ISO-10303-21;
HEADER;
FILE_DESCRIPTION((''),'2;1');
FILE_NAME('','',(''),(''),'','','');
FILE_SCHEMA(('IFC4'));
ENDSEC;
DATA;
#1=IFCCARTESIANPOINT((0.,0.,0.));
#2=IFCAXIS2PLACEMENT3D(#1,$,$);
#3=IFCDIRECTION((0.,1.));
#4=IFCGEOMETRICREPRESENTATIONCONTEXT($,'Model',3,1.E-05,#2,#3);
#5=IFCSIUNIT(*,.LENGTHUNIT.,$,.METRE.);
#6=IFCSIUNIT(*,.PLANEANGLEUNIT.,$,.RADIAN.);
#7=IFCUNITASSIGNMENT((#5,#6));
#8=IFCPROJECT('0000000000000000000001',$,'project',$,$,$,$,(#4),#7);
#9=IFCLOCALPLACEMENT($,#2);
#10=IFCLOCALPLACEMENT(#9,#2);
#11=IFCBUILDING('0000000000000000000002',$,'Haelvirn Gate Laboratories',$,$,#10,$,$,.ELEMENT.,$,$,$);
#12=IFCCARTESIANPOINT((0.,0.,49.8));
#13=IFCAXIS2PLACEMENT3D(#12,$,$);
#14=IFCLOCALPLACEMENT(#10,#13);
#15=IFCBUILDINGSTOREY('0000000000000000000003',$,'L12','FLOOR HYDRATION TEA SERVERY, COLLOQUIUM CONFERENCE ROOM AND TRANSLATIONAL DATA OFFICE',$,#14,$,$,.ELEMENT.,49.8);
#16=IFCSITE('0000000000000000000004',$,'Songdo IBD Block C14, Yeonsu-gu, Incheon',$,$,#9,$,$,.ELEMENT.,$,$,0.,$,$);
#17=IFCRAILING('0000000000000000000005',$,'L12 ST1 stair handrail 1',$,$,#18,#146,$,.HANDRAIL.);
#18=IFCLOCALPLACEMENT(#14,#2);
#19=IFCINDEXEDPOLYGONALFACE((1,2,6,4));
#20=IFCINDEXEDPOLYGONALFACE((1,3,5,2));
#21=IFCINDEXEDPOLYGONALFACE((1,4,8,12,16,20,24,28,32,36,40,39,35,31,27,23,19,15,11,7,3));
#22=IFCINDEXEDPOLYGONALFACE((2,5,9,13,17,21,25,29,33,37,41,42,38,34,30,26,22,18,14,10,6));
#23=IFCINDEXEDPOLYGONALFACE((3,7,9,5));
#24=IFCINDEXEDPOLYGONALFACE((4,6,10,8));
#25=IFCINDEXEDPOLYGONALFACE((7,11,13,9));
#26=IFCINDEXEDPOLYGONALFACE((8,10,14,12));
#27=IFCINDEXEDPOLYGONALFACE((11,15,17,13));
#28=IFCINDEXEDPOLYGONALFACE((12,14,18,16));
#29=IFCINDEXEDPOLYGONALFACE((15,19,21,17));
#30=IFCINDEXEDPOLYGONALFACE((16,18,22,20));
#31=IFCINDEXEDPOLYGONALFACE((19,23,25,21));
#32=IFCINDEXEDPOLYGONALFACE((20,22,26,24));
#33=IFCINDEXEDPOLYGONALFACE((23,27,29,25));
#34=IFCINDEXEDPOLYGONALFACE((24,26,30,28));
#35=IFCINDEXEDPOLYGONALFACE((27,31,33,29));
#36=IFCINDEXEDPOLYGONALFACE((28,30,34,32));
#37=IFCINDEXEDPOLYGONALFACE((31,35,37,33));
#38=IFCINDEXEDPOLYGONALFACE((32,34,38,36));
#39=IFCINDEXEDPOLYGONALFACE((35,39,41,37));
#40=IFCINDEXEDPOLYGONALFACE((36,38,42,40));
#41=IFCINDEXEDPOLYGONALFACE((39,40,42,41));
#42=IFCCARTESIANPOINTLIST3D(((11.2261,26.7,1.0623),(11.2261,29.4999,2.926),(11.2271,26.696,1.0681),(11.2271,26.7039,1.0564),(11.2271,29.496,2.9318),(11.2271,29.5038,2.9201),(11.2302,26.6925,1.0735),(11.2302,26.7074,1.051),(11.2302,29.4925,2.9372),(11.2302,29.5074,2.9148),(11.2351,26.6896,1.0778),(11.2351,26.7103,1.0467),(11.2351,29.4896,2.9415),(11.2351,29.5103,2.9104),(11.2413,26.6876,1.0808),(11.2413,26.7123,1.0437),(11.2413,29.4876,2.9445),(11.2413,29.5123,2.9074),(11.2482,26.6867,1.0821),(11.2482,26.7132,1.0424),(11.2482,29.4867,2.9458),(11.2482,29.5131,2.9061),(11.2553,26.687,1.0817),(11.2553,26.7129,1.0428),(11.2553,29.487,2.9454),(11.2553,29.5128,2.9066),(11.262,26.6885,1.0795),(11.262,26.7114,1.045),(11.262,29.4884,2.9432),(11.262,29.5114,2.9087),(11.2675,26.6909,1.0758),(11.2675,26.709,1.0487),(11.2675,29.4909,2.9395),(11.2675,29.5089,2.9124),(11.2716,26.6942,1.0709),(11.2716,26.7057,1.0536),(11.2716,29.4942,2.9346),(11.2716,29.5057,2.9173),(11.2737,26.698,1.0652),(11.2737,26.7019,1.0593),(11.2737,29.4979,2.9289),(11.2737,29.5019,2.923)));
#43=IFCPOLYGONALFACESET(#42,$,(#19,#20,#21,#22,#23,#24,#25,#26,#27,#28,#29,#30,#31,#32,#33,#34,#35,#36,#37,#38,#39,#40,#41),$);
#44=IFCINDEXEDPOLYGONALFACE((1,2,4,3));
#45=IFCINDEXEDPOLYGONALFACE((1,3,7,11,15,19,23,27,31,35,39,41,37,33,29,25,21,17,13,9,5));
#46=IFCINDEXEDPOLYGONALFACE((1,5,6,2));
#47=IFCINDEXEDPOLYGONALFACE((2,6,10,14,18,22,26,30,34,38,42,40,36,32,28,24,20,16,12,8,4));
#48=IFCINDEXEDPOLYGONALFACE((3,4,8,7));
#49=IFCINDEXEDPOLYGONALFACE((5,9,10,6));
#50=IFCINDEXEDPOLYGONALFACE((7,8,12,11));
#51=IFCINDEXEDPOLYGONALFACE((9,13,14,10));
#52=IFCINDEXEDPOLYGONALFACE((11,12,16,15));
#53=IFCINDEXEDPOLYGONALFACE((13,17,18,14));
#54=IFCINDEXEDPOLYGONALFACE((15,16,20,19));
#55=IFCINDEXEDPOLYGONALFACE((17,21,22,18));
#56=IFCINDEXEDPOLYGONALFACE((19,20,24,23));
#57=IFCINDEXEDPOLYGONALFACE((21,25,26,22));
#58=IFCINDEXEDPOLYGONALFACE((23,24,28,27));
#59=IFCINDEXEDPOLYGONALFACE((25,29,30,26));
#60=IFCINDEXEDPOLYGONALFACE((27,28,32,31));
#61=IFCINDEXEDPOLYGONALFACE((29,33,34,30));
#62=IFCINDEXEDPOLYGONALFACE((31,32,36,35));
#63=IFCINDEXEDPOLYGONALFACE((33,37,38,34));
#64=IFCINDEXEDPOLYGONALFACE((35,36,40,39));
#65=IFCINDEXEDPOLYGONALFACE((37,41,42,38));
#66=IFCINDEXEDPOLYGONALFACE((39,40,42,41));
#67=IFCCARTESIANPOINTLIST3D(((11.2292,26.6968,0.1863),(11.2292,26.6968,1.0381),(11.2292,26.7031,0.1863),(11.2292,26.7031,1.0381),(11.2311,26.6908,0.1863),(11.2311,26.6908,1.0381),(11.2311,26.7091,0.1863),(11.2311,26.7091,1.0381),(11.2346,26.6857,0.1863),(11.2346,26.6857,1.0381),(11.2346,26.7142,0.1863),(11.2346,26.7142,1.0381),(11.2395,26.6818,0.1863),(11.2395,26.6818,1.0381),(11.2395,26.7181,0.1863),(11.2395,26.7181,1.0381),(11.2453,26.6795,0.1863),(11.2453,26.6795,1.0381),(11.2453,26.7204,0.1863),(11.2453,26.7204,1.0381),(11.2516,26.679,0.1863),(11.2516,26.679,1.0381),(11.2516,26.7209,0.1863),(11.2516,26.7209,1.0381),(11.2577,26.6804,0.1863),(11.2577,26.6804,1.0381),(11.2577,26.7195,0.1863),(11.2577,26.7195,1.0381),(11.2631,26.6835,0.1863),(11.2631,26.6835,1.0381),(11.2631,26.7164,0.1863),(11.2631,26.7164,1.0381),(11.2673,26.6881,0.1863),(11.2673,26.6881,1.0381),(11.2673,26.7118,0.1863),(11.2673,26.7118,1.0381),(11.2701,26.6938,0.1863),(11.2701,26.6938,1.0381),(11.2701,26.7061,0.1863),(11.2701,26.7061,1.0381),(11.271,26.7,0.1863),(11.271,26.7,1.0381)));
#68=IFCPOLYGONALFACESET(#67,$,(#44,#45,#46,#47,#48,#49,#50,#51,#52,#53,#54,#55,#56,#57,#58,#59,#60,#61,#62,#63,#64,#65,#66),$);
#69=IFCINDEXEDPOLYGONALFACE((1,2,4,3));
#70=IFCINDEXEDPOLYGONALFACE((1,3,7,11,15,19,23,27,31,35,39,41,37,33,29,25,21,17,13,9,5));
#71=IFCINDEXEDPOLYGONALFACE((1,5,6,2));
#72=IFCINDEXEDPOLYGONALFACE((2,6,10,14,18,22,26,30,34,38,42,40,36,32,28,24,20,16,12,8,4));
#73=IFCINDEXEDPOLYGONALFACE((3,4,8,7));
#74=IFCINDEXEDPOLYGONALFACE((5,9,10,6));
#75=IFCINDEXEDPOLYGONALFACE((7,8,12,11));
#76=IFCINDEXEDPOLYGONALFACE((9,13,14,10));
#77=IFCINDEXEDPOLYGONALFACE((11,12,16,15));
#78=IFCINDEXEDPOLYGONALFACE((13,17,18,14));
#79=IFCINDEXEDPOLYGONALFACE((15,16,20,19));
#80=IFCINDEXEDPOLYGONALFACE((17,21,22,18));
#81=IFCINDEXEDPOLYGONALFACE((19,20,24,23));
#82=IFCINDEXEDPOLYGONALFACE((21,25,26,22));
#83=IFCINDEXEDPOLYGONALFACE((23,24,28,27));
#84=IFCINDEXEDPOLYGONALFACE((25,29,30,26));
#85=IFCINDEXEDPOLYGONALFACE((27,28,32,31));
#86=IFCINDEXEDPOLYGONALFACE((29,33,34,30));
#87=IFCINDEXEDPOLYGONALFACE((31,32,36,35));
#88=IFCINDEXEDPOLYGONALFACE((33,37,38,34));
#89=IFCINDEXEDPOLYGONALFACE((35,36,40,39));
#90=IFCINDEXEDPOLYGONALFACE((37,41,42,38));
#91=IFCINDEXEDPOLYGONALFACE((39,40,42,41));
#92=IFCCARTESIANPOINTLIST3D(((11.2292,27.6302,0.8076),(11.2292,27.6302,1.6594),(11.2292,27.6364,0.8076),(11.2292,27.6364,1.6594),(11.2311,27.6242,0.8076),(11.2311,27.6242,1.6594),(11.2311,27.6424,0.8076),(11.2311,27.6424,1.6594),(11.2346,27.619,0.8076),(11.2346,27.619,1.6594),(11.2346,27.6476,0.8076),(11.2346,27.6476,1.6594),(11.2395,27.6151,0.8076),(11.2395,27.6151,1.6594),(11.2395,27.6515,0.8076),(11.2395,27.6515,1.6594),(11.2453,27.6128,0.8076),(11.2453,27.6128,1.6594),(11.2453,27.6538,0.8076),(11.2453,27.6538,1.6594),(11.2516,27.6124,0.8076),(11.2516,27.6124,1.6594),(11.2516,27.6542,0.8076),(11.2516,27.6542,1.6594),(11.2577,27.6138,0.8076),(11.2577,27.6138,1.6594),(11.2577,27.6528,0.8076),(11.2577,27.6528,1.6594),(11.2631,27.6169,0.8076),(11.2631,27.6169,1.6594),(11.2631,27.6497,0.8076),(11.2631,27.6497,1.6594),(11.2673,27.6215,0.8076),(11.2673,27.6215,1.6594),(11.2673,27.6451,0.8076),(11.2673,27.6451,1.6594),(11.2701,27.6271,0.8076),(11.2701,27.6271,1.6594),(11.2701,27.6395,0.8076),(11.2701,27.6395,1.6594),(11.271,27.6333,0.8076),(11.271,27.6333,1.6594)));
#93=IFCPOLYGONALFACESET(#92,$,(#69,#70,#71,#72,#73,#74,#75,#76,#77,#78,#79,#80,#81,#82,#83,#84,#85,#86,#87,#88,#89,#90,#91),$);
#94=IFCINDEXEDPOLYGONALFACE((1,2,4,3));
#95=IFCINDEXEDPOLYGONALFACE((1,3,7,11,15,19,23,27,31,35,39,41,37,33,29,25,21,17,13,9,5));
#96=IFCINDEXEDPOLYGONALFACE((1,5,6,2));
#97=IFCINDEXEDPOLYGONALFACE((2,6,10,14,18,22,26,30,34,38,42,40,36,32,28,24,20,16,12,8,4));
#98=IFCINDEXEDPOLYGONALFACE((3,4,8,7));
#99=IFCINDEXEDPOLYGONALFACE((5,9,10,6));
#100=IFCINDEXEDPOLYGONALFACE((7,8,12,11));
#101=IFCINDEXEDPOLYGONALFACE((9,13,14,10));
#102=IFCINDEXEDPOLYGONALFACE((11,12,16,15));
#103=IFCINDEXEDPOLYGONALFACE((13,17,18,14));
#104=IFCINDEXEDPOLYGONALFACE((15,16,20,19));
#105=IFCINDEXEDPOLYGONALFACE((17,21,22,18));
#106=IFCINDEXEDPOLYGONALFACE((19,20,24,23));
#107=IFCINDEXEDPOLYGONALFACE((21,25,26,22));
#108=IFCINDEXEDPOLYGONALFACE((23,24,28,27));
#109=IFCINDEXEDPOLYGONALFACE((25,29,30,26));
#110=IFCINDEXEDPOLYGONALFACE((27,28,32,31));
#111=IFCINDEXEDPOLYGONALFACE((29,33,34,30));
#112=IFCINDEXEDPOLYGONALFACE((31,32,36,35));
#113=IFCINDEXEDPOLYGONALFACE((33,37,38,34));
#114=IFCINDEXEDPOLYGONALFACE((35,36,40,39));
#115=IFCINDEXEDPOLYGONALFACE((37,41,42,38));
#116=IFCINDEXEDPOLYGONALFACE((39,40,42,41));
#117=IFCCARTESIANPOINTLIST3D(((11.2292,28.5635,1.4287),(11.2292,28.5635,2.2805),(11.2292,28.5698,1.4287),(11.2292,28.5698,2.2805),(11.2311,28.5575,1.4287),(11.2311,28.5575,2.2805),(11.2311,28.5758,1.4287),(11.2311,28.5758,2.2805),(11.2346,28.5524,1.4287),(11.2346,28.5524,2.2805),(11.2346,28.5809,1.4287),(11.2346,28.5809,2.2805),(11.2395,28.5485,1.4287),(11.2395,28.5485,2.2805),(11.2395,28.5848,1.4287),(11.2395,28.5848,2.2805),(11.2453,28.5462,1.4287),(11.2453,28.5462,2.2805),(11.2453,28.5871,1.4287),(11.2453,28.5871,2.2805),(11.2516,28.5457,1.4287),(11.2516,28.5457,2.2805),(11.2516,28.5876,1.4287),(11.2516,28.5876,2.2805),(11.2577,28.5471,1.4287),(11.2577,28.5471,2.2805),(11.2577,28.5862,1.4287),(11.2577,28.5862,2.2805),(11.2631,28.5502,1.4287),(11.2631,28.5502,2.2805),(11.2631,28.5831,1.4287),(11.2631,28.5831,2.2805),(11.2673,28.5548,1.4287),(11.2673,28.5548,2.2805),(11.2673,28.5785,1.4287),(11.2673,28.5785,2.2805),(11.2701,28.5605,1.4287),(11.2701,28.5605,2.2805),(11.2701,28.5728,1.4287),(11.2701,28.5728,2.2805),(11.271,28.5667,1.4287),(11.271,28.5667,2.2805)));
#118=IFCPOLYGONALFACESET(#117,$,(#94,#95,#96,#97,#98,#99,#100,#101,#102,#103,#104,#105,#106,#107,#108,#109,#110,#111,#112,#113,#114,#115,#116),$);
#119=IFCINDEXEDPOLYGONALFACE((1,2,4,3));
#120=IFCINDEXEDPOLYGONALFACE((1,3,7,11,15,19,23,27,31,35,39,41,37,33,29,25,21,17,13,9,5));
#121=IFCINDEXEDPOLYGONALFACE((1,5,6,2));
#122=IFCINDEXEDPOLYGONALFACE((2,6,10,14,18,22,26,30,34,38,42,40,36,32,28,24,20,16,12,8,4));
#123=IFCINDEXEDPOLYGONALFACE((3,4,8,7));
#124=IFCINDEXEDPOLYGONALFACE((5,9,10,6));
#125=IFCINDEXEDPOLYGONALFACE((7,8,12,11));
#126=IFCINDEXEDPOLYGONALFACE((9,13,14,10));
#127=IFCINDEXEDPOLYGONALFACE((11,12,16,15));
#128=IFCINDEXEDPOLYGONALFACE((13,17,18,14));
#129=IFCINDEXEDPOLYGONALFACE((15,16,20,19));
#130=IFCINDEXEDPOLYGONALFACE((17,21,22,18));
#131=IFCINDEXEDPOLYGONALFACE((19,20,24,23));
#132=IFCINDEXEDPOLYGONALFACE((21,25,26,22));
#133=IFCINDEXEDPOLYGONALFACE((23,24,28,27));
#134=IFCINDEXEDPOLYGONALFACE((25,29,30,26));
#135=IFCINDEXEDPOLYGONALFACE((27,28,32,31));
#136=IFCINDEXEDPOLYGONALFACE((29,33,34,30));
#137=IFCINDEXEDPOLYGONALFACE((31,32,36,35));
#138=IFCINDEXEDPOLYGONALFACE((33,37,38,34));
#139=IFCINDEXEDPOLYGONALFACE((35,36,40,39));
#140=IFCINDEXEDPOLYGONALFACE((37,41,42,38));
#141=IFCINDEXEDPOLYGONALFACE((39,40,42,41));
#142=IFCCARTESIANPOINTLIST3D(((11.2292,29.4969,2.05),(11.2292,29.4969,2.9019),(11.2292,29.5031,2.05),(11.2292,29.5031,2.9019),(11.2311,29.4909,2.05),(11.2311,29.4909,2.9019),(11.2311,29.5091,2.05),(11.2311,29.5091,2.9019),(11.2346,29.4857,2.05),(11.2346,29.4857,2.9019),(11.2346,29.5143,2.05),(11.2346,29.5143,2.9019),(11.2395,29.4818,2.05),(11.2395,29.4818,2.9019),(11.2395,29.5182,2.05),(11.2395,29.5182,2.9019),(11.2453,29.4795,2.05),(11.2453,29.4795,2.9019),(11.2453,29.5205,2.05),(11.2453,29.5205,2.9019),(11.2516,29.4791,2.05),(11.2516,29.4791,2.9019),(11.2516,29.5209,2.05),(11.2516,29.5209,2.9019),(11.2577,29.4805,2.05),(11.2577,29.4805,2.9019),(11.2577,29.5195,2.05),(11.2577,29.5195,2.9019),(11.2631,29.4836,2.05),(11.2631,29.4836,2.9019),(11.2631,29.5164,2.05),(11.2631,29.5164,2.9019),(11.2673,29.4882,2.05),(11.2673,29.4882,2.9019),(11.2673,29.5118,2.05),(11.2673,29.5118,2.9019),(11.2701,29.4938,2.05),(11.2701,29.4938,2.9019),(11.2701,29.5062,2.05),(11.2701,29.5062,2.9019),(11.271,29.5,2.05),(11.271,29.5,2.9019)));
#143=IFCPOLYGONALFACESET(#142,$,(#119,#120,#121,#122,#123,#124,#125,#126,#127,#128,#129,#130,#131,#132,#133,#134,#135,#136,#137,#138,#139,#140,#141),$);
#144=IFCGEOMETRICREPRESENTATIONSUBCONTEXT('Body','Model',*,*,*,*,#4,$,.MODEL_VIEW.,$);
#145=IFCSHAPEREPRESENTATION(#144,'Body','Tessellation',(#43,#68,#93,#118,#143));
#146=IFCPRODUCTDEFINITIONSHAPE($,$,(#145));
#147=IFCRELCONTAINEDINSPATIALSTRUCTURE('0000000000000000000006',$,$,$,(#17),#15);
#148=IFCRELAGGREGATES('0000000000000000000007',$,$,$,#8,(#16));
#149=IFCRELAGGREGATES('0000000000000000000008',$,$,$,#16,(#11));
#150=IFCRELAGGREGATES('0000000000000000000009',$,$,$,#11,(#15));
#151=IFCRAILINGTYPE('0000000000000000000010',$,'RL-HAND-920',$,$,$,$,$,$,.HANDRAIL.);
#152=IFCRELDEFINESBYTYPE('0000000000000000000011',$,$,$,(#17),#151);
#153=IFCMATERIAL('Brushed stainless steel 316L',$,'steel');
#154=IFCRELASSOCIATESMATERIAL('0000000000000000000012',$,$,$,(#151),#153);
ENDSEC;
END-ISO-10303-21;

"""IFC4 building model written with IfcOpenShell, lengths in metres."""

from ifc_helpers import new_model, si_unit, direction, frame, origin, origin_2d, place, context, subcontext, project, spatial, circle, extrude, source, transform, mapped, material, type_object, type_shapes, element, save


model = new_model("IFC4")

# Units and contexts
model_context = context("Model", 3, precision=1e-05, world=origin(), true_north=direction((0.0, 1.0)))
body_context = subcontext(model_context, "Body", "Model", "MODEL_VIEW")
ifc_project = project(units=[si_unit("LENGTHUNIT", "METRE"), si_unit("PLANEANGLEUNIT", "RADIAN")], contexts=[model_context])

# Site, building, storey
site_placement = place(None, origin())
site = spatial("IfcSite", under=ifc_project, at=site_placement, Name="Songdo IBD Block C14, Yeonsu-gu, Incheon", CompositionType="ELEMENT", RefElevation=0.0)
building_placement = place(site_placement, origin())
building = spatial("IfcBuilding", under=site, at=building_placement, Name="Haelvirn Gate Laboratories", CompositionType="ELEMENT")
storey_placement = place(building_placement, frame((0.0, 0.0, 49.8)))
storey = spatial("IfcBuildingStorey", under=building, at=storey_placement, Name="L12", Description="FLOOR HYDRATION TEA SERVERY, COLLOQUIUM CONFERENCE ROOM AND TRANSLATIONAL DATA OFFICE", CompositionType="ELEMENT", Elevation=49.8)

# Railing
ifc_material_1 = material(Name="Brushed stainless steel 316L", Category="steel")
railing_type = type_object("IfcRailingType", Name="RL-HAND-920", PredefinedType="HANDRAIL", material=ifc_material_1)
shared_shape_1 = source(origin(), body_context, "Body", "SweptSolid", [
    extrude(circle(Radius=0.0239, at=origin_2d()), frame((0.0, 0.0, 0.876), z_axis=(0.0, 0.832452, 0.554097), x_axis=(-1.0, 0.0, 0.0)), (0.0, 0.0, 1.0), 3.3635),
    extrude(circle(Radius=0.021, at=origin_2d()), origin(), (0.0, 0.0, 1.0), 0.8518),
    extrude(circle(Radius=0.021, at=origin_2d()), frame((0.0, 0.9333, 0.6213)), (0.0, 0.0, 1.0), 0.8518),
    extrude(circle(Radius=0.021, at=origin_2d()), frame((0.0, 1.8667, 1.2424)), (0.0, 0.0, 1.0), 0.8518),
    extrude(circle(Radius=0.021, at=origin_2d()), frame((0.0, 2.8, 1.8638)), (0.0, 0.0, 1.0), 0.8518),
])
type_shapes(railing_type, [shared_shape_1])
railing_placement = place(storey_placement, frame((11.25, 26.7, 0.1863)))
element("IfcRailing", 1, at=railing_placement, inside=storey, type_object=railing_type, Name="L12 ST1 stair handrail 1", PredefinedType="HANDRAIL", context=body_context, shape_type="MappedRepresentation", body=[
    mapped(shared_shape_1, transform((0.0, 0.0, 0.0), scale=1.0)),
])

save(model, "model.ifc")
